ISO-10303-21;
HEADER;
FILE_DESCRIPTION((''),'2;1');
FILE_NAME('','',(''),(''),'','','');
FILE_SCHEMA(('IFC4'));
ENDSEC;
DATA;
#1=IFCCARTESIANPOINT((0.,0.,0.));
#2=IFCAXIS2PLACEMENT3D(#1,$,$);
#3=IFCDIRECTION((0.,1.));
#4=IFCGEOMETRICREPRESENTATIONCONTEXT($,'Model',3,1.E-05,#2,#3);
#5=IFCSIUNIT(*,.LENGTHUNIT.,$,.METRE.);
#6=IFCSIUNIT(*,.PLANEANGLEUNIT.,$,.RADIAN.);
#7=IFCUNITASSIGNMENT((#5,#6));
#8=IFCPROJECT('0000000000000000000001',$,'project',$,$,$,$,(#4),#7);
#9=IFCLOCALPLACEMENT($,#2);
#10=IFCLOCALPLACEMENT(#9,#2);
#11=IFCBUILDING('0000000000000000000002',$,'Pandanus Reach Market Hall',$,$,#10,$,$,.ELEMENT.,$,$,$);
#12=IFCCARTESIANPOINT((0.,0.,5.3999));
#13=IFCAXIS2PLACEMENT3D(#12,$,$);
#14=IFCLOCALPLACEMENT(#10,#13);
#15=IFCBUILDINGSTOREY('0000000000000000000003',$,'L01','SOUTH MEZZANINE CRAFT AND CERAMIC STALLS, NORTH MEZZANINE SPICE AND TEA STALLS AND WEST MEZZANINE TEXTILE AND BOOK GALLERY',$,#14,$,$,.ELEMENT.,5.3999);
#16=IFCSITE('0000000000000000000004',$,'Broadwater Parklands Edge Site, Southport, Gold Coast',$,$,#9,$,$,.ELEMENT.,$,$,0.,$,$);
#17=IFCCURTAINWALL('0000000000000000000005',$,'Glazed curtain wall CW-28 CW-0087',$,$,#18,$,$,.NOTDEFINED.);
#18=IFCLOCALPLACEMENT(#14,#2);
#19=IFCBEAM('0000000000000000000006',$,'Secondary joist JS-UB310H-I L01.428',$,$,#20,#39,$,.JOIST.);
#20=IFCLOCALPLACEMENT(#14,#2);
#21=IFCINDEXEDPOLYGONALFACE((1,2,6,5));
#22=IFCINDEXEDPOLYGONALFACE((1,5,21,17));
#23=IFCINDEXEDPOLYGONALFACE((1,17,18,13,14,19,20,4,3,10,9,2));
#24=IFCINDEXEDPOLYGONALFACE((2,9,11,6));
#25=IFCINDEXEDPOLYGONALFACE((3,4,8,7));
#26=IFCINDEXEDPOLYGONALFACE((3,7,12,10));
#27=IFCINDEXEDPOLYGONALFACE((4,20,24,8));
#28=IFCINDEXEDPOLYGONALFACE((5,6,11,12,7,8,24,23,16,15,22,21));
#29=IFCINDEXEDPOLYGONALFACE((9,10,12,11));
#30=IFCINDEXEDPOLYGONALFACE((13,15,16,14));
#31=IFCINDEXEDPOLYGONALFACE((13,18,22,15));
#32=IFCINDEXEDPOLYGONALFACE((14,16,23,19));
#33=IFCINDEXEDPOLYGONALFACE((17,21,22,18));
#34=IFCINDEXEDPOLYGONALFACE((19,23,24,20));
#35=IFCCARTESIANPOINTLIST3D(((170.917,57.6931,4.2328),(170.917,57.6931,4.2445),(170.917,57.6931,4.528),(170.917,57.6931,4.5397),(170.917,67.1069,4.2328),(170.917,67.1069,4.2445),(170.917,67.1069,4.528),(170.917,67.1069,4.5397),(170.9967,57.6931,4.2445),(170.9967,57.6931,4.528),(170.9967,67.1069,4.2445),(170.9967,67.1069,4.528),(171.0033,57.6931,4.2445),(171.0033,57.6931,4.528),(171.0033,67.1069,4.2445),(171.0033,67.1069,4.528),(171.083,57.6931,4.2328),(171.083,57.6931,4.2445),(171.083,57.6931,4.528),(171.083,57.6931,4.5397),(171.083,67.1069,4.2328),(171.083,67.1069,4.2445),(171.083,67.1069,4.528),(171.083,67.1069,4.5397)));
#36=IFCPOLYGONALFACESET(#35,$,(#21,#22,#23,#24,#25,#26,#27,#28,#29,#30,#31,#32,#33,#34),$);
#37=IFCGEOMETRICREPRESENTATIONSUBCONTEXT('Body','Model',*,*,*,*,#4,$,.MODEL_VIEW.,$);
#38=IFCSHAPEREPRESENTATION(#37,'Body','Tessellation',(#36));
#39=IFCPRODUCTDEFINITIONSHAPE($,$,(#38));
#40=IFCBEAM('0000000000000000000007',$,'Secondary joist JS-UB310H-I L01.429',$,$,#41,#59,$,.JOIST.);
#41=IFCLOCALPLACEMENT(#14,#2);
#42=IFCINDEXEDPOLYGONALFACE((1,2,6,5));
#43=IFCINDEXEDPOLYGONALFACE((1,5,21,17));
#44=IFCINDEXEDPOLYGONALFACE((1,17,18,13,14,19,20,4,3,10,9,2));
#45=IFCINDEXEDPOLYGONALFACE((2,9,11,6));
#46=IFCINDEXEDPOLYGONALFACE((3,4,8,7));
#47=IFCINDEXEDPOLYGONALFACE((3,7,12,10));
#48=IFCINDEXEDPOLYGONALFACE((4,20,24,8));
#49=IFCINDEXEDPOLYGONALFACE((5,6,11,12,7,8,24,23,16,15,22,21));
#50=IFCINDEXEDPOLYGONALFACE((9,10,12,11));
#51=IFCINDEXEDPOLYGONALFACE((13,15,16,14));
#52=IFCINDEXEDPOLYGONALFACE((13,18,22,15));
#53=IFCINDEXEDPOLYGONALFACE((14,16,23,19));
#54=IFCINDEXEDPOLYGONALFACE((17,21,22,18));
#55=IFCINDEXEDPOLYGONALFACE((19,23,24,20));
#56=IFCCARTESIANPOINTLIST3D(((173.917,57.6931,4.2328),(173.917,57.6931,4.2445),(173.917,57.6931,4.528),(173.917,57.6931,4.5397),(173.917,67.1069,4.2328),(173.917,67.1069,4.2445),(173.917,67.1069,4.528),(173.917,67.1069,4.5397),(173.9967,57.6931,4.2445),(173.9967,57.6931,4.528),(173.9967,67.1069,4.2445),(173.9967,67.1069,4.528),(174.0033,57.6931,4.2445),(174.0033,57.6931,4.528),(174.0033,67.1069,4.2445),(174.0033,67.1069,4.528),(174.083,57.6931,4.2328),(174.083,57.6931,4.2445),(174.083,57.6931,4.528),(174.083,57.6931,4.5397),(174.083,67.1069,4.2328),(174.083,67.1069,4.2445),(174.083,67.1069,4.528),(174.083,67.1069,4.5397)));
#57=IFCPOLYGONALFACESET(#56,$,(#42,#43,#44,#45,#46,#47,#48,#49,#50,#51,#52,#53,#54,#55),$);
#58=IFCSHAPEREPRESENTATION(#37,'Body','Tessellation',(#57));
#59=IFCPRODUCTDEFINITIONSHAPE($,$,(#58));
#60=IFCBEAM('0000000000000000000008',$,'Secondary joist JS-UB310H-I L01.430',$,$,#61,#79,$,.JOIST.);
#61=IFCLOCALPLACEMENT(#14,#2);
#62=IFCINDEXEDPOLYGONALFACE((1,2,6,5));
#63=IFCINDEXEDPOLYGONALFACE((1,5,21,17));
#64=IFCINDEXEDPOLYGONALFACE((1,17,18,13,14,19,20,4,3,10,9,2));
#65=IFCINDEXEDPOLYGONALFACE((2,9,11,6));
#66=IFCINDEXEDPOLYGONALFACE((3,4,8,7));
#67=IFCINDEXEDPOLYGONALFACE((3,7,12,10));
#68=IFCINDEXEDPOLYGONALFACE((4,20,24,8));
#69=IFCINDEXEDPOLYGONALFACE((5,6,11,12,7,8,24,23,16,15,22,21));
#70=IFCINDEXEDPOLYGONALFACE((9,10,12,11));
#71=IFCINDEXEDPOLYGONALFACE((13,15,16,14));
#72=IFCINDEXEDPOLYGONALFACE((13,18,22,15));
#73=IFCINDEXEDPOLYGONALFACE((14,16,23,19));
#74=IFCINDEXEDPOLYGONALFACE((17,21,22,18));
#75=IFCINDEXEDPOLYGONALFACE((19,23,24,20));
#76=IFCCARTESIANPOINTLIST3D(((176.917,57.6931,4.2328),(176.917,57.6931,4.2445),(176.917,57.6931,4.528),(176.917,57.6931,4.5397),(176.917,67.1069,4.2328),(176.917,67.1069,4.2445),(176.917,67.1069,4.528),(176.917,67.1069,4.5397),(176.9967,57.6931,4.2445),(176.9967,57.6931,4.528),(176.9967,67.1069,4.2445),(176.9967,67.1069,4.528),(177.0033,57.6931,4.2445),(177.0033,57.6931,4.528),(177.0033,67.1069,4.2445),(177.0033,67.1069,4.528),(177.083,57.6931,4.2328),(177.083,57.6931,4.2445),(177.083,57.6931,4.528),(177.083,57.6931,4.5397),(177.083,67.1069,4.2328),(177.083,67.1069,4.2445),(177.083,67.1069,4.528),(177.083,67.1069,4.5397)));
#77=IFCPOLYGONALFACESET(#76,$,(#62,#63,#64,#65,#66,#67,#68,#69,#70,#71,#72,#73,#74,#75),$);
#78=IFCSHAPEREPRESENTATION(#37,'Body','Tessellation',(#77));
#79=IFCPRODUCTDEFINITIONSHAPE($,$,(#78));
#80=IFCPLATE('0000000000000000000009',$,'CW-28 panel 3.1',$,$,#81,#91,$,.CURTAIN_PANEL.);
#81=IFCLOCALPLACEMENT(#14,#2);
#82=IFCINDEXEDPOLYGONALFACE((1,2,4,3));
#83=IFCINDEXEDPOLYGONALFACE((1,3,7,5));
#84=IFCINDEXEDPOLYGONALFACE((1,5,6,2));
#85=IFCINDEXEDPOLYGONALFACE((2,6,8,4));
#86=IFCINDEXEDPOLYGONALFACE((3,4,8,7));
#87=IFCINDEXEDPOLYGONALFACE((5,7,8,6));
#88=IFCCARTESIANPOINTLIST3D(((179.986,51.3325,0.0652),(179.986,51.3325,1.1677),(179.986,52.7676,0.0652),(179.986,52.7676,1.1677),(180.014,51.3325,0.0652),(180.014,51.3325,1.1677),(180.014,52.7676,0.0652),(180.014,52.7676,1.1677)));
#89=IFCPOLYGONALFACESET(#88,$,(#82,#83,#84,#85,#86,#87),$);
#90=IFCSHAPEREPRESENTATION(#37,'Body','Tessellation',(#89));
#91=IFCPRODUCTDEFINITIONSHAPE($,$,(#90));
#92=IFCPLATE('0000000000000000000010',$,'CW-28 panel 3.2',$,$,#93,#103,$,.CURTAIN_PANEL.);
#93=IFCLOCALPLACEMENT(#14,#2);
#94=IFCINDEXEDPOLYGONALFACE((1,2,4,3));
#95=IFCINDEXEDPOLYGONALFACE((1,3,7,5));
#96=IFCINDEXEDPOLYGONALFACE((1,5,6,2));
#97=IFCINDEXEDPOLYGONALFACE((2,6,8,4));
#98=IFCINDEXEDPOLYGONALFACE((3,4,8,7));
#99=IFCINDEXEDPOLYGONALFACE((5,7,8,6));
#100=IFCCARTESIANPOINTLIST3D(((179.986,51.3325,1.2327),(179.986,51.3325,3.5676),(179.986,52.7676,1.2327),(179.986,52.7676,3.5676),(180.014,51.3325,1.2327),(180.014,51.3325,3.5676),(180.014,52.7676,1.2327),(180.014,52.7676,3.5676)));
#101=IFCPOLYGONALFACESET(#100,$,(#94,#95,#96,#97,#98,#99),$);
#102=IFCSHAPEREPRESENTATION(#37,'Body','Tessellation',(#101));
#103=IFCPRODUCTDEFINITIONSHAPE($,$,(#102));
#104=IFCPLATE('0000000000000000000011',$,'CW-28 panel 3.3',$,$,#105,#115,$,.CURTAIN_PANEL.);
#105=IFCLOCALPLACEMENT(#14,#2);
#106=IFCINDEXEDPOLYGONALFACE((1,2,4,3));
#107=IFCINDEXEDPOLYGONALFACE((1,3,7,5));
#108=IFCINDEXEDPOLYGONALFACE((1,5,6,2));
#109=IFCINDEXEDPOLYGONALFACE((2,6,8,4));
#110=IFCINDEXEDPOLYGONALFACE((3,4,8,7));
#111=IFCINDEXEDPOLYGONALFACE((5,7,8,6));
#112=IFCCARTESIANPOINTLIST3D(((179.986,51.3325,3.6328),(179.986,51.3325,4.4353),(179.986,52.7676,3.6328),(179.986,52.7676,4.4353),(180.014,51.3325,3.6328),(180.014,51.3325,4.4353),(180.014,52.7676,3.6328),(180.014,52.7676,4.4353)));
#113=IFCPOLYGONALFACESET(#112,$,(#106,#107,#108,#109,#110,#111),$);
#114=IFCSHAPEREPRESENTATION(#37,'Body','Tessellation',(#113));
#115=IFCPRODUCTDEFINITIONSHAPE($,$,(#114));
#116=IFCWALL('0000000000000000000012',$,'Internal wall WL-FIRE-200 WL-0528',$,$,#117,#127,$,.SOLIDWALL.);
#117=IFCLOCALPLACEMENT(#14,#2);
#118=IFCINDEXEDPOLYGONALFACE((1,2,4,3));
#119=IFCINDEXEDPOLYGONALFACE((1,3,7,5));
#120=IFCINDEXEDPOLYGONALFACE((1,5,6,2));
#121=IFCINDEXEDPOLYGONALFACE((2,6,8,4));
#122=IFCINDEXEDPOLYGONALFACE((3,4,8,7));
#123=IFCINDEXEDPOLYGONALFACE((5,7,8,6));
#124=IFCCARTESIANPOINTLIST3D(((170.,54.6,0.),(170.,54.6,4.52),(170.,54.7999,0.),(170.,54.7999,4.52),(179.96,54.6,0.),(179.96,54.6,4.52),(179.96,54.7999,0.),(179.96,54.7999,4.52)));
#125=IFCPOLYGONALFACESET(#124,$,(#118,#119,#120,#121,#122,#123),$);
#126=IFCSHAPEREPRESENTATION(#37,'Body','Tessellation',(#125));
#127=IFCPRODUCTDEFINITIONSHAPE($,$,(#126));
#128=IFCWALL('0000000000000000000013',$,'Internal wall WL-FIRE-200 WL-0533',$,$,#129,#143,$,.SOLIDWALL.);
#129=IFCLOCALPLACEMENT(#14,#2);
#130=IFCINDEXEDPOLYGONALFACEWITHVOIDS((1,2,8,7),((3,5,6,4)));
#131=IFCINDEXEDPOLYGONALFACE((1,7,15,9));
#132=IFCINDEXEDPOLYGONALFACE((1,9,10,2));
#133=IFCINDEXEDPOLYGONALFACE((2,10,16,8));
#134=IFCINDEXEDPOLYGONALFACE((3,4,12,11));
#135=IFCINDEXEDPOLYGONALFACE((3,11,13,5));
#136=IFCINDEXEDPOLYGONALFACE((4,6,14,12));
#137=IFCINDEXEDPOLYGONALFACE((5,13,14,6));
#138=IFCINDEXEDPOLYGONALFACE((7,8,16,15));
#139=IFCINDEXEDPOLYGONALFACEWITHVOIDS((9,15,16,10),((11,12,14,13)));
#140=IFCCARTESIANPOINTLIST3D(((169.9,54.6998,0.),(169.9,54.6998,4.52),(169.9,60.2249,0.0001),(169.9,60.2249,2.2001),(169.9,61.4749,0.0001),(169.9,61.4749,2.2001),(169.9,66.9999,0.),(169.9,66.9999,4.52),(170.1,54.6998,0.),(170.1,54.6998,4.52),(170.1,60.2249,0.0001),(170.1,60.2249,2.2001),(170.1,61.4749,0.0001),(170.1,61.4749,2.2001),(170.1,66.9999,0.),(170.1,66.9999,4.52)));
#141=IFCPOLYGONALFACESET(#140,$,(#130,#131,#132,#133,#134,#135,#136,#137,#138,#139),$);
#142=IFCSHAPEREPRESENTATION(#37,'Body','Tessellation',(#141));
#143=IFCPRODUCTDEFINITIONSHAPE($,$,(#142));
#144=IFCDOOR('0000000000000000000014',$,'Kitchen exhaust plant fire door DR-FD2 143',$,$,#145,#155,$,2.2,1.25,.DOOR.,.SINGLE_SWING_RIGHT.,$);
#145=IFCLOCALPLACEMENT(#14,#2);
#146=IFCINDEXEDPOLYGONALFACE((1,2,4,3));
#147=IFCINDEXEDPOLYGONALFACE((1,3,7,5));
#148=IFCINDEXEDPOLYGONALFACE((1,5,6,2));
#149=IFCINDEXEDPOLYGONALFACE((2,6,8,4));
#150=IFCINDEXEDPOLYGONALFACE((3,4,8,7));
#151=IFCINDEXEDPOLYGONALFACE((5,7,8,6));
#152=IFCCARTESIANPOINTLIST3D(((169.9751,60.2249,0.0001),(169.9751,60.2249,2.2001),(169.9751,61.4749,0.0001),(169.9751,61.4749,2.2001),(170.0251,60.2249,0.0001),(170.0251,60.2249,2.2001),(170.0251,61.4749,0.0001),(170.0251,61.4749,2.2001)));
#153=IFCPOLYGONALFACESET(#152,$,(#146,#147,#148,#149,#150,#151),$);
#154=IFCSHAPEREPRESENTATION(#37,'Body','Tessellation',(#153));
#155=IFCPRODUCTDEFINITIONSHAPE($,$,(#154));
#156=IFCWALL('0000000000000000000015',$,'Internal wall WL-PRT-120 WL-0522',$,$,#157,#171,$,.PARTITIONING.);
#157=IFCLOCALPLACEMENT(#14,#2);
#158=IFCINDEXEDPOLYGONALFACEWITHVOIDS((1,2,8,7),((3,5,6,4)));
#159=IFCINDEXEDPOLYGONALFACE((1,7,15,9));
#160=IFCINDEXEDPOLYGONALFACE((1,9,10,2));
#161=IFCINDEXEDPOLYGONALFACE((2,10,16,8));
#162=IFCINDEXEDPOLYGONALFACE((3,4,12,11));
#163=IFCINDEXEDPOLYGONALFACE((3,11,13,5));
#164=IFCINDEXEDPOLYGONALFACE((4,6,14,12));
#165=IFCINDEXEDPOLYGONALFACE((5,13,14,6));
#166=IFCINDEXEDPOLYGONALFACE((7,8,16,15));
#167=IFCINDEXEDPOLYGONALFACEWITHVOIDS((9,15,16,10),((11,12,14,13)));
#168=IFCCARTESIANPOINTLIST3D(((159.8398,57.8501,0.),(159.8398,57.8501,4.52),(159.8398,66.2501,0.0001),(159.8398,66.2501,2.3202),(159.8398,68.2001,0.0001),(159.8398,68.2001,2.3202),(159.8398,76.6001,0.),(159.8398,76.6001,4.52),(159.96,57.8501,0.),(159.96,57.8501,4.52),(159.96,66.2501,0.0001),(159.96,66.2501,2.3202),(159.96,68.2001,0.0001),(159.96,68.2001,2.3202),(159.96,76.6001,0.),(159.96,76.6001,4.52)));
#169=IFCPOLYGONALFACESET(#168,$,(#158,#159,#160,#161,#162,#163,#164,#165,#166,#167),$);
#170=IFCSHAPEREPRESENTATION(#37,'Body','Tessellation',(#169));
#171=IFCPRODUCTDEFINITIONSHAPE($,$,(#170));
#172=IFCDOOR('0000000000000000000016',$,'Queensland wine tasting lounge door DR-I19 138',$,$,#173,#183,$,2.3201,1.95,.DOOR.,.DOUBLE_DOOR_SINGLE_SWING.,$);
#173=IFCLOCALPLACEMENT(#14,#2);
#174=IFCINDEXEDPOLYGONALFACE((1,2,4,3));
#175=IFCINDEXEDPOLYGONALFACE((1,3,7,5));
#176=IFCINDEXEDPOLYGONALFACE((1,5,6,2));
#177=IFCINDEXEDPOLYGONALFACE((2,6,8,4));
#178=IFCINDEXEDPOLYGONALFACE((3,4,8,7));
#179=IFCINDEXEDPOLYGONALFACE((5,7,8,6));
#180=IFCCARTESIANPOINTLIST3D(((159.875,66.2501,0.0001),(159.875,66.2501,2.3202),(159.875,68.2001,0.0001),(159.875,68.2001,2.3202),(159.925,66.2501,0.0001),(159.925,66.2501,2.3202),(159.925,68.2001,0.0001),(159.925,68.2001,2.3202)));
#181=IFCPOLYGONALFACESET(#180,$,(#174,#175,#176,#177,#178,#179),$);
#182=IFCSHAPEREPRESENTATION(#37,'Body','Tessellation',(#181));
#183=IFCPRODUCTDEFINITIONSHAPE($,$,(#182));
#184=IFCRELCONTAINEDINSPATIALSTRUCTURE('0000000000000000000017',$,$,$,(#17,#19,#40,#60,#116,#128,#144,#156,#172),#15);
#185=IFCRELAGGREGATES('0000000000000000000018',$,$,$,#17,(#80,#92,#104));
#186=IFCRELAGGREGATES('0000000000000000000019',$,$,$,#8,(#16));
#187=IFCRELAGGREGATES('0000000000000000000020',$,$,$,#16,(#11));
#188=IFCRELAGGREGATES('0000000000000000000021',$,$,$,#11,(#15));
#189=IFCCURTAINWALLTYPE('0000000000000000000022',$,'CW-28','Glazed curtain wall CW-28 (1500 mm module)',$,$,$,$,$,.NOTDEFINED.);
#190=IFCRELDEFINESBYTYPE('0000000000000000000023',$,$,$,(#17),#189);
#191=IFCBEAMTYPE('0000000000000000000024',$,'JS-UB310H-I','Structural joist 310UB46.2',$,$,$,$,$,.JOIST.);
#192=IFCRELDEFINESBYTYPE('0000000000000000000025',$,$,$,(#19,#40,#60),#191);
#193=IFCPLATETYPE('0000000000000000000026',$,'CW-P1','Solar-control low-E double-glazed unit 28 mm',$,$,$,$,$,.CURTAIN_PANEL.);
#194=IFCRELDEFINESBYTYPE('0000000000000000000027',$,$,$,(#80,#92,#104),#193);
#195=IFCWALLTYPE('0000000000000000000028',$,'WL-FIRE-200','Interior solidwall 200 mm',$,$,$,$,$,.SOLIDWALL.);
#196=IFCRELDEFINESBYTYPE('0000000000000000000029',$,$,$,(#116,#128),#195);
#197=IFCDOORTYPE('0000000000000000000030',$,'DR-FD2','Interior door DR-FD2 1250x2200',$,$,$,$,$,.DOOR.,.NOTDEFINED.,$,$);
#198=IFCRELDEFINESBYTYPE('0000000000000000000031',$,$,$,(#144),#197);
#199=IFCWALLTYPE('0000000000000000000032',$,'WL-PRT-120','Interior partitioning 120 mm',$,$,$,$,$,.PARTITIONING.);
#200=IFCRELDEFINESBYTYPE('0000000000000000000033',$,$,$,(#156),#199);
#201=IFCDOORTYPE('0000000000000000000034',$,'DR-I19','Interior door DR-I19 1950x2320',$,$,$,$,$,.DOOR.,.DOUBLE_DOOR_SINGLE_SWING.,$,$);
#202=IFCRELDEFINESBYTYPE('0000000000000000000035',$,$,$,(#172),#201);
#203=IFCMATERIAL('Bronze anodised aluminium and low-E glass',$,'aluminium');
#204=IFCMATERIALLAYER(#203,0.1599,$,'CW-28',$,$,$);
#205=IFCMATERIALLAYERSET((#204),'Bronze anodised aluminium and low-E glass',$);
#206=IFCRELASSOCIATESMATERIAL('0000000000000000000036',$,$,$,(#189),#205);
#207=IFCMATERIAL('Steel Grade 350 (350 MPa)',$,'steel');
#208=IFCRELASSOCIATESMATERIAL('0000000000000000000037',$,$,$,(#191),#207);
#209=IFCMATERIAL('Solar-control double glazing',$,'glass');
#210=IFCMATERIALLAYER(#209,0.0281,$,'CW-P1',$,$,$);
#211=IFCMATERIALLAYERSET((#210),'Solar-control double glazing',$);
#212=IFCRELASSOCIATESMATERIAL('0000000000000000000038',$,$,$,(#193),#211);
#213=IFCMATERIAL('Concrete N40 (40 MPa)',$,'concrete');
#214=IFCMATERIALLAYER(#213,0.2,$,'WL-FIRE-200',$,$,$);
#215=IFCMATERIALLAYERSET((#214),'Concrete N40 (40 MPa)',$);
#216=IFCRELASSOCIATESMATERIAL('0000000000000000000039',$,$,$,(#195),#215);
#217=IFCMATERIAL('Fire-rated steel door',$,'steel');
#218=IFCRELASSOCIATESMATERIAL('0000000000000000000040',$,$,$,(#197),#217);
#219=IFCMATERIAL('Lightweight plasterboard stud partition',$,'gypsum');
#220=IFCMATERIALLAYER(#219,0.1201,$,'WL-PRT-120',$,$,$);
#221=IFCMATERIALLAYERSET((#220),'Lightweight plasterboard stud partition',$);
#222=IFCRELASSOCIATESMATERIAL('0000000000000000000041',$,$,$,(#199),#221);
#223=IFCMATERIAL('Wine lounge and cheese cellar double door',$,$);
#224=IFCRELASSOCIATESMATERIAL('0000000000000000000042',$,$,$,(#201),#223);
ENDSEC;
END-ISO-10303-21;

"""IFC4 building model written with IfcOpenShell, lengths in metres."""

from ifc_helpers import new_model, si_unit, direction, frame, frame_2d, origin, origin_2d, place, context, subcontext, project, spatial, rectangle, i_section, extrude, material, layer, layer_set, material_profile, profile_set, type_object, element, fill, aggregate, save


model = new_model("IFC4")

# Units and contexts
model_context = context("Model", 3, precision=1e-05, world=origin(), true_north=direction((0.0, 1.0)))
body_context = subcontext(model_context, "Body", "Model", "MODEL_VIEW")
ifc_project = project(units=[si_unit("LENGTHUNIT", "METRE"), si_unit("PLANEANGLEUNIT", "RADIAN")], contexts=[model_context])

# Site, building, storey
site_placement = place(None, origin())
site = spatial("IfcSite", under=ifc_project, at=site_placement, Name="Broadwater Parklands Edge Site, Southport, Gold Coast", CompositionType="ELEMENT", RefElevation=0.0)
building_placement = place(site_placement, origin())
building = spatial("IfcBuilding", under=site, at=building_placement, Name="Pandanus Reach Market Hall", CompositionType="ELEMENT")
storey_placement = place(building_placement, frame((0.0, 0.0, 5.3999)))
storey = spatial("IfcBuildingStorey", under=building, at=storey_placement, Name="L01", Description="SOUTH MEZZANINE CRAFT AND CERAMIC STALLS, NORTH MEZZANINE SPICE AND TEA STALLS AND WEST MEZZANINE TEXTILE AND BOOK GALLERY", CompositionType="ELEMENT", Elevation=5.3999)

# Shared definitions
ifc_material_1 = material(Name="Concrete N40 (40 MPa)", Category="concrete")

# Shared definitions
ifc_material_2 = material(Name="Steel Grade 350 (350 MPa)", Category="steel")

# Curtain wall
ifc_material_3 = material(Name="Bronze anodised aluminium and low-E glass", Category="aluminium")
ifc_layer_1 = layer(ifc_material_3, 0.1599, Name="CW-28")
ifc_layer_set_1 = layer_set([ifc_layer_1], Name="Bronze anodised aluminium and low-E glass")
curtain_wall_type = type_object("IfcCurtainWallType", Name="CW-28", Description="Glazed curtain wall CW-28 (1500 mm module)", PredefinedType="NOTDEFINED", material=ifc_layer_set_1)
curtain_wall_placement = place(storey_placement, origin())
curtain_wall = element("IfcCurtainWall", 1, at=curtain_wall_placement, inside=storey, type_object=curtain_wall_type, Name="Glazed curtain wall CW-28 CW-0087", PredefinedType="NOTDEFINED")

# Beams
ifc_material_profile_1 = material_profile(ifc_material_2, i_section(OverallWidth=0.166, OverallDepth=0.3069, WebThickness=0.0066, FlangeThickness=0.0117, at=origin_2d()), Name="310UB46.2", Category="LoadBearing")
ifc_profile_set_1 = profile_set([ifc_material_profile_1], Name="Steel Grade 350 (350 MPa)")
beam_type_1 = type_object("IfcBeamType", Name="JS-UB310H-I", Description="Structural joist 310UB46.2", PredefinedType="JOIST", material=ifc_profile_set_1)
for number, where, z_axis, x_axis, name in (
    (2, (171.0, 57.6931, 4.3862), (0.0, 1.0, 0.0), (-1.0, 0.0, 0.0), "Secondary joist JS-UB310H-I L01.428"),
    (3, (174.0, 57.6931, 4.3862), (0.0, 1.0, 0.0), (-1.0, 0.0, 0.0), "Secondary joist JS-UB310H-I L01.429"),
    (4, (177.0, 57.6931, 4.3862), (0.0, 1.0, 0.0), (-1.0, 0.0, 0.0), "Secondary joist JS-UB310H-I L01.430"),
):
    element("IfcBeam", number, at=place(storey_placement, frame(where, z_axis=z_axis, x_axis=x_axis)), inside=storey, type_object=beam_type_1, Name=name, PredefinedType="JOIST", context=body_context, shape_type="SweptSolid", body=[
        extrude(i_section(OverallWidth=0.166, OverallDepth=0.3069, WebThickness=0.0066, FlangeThickness=0.0117, at=origin_2d()), origin(), (0.0, 0.0, 1.0), 9.4138),
    ])

# Plates
ifc_material_4 = material(Name="Solar-control double glazing", Category="glass")
ifc_layer_2 = layer(ifc_material_4, 0.0281, Name="CW-P1")
ifc_layer_set_2 = layer_set([ifc_layer_2], Name="Solar-control double glazing")
plate_type = type_object("IfcPlateType", Name="CW-P1", Description="Solar-control low-E double-glazed unit 28 mm", PredefinedType="CURTAIN_PANEL", material=ifc_layer_set_2)
plate_1_placement = place(storey_placement, frame((180.0, 52.05, 0.0652), z_axis=(0.0, 0.0, 1.0), x_axis=(0.0, 1.0, 0.0)))
plate_1 = element("IfcPlate", 5, at=plate_1_placement, type_object=plate_type, Name="CW-28 panel 3.1", PredefinedType="CURTAIN_PANEL", context=body_context, shape_type="SweptSolid", body=[
    extrude(rectangle(XDim=1.4351, YDim=0.0281, at=origin_2d()), origin(), (0.0, 0.0, 1.0), 1.1025),
])
plate_2_placement = place(storey_placement, frame((180.0, 52.05, 1.2327), z_axis=(0.0, 0.0, 1.0), x_axis=(0.0, 1.0, 0.0)))
plate_2 = element("IfcPlate", 6, at=plate_2_placement, type_object=plate_type, Name="CW-28 panel 3.2", PredefinedType="CURTAIN_PANEL", context=body_context, shape_type="SweptSolid", body=[
    extrude(rectangle(XDim=1.4351, YDim=0.0281, at=origin_2d()), origin(), (0.0, 0.0, 1.0), 2.335),
])
plate_3_placement = place(storey_placement, frame((180.0, 52.05, 3.6328), z_axis=(0.0, 0.0, 1.0), x_axis=(0.0, 1.0, 0.0)))
plate_3 = element("IfcPlate", 7, at=plate_3_placement, type_object=plate_type, Name="CW-28 panel 3.3", PredefinedType="CURTAIN_PANEL", context=body_context, shape_type="SweptSolid", body=[
    extrude(rectangle(XDim=1.4351, YDim=0.0281, at=origin_2d()), origin(), (0.0, 0.0, 1.0), 0.8025),
])
aggregate(curtain_wall, [plate_1, plate_2, plate_3])

# Wall
ifc_layer_3 = layer(ifc_material_1, 0.2, Name="WL-FIRE-200")
ifc_layer_set_3 = layer_set([ifc_layer_3], Name="Concrete N40 (40 MPa)")
wall_type_1 = type_object("IfcWallType", Name="WL-FIRE-200", Description="Interior solidwall 200 mm", PredefinedType="SOLIDWALL", material=ifc_layer_set_3)
wall_1_placement = place(storey_placement, frame((170.0, 54.7, 0.0), z_axis=(0.0, 0.0, 1.0), x_axis=(1.0, 0.0, 0.0)))
element("IfcWall", 8, at=wall_1_placement, inside=storey, type_object=wall_type_1, Name="Internal wall WL-FIRE-200 WL-0528", PredefinedType="SOLIDWALL", context=body_context, shape_type="SweptSolid", body=[
    extrude(rectangle(XDim=9.96, YDim=0.2, at=frame_2d((4.98, 0.0))), origin(), (0.0, 0.0, 1.0), 4.52),
])

# Walls, openings, doors
wall_2_placement = place(storey_placement, frame((170.0, 54.7, 0.0), z_axis=(0.0, 0.0, 1.0), x_axis=(0.0, 1.0, 0.0)))
wall_2 = element("IfcWall", 9, at=wall_2_placement, inside=storey, type_object=wall_type_1, Name="Internal wall WL-FIRE-200 WL-0533", PredefinedType="SOLIDWALL", context=body_context, shape_type="SweptSolid", body=[
    extrude(rectangle(XDim=12.3, YDim=0.2, at=frame_2d((6.1499, 0.0))), origin(), (0.0, 0.0, 1.0), 4.52),
])
opening_1_placement = place(wall_2_placement, frame((5.5249, 0.0, 0.0)))
opening_1 = element("IfcOpeningElement", 10, at=opening_1_placement, cuts=wall_2, PredefinedType="OPENING", context=body_context, shape_type="SweptSolid", body=[
    extrude(rectangle(XDim=1.25, YDim=2.2, at=frame_2d((0.625, 1.1001))), frame((0.0, 0.115, 0.0), z_axis=(0.0, -1.0, 0.0), x_axis=(1.0, 0.0, 0.0)), (0.0, 0.0, 1.0), 0.23),
])
ifc_material_5 = material(Name="Fire-rated steel door", Category="steel")
door_type_1 = type_object("IfcDoorType", Name="DR-FD2", Description="Interior door DR-FD2 1250x2200", OperationType="NOTDEFINED", PredefinedType="DOOR", material=ifc_material_5)
door_1_placement = place(opening_1_placement, origin())
door_1 = element("IfcDoor", 11, at=door_1_placement, inside=storey, type_object=door_type_1, Name="Kitchen exhaust plant fire door DR-FD2 143", OperationType="SINGLE_SWING_RIGHT", OverallHeight=2.2, OverallWidth=1.25, PredefinedType="DOOR", context=body_context, shape_type="SweptSolid", body=[
    extrude(rectangle(XDim=1.25, YDim=2.2, at=frame_2d((0.625, 1.1001))), frame((0.0, 0.0249, 0.0), z_axis=(0.0, -1.0, 0.0), x_axis=(1.0, 0.0, 0.0)), (0.0, 0.0, 1.0), 0.05),
])
fill(opening_1, door_1)
ifc_material_6 = material(Name="Lightweight plasterboard stud partition", Category="gypsum")
ifc_layer_4 = layer(ifc_material_6, 0.1201, Name="WL-PRT-120")
ifc_layer_set_4 = layer_set([ifc_layer_4], Name="Lightweight plasterboard stud partition")
wall_type_2 = type_object("IfcWallType", Name="WL-PRT-120", Description="Interior partitioning 120 mm", PredefinedType="PARTITIONING", material=ifc_layer_set_4)
wall_3_placement = place(storey_placement, frame((159.8999, 57.8501, 0.0), z_axis=(0.0, 0.0, 1.0), x_axis=(0.0, 1.0, 0.0)))
wall_3 = element("IfcWall", 12, at=wall_3_placement, inside=storey, type_object=wall_type_2, Name="Internal wall WL-PRT-120 WL-0522", PredefinedType="PARTITIONING", context=body_context, shape_type="SweptSolid", body=[
    extrude(rectangle(XDim=18.75, YDim=0.1201, at=frame_2d((9.375, 0.0))), origin(), (0.0, 0.0, 1.0), 4.52),
])
opening_2_placement = place(wall_3_placement, frame((8.3999, 0.0, 0.0)))
opening_2 = element("IfcOpeningElement", 13, at=opening_2_placement, cuts=wall_3, PredefinedType="OPENING", context=body_context, shape_type="SweptSolid", body=[
    extrude(rectangle(XDim=1.95, YDim=2.3201, at=frame_2d((0.9751, 1.1602))), frame((0.0, 0.075, 0.0), z_axis=(0.0, -1.0, 0.0), x_axis=(1.0, 0.0, 0.0)), (0.0, 0.0, 1.0), 0.1501),
])
ifc_material_7 = material(Name="Wine lounge and cheese cellar double door")
door_type_2 = type_object("IfcDoorType", Name="DR-I19", Description="Interior door DR-I19 1950x2320", OperationType="DOUBLE_DOOR_SINGLE_SWING", PredefinedType="DOOR", material=ifc_material_7)
door_2_placement = place(opening_2_placement, origin())
door_2 = element("IfcDoor", 14, at=door_2_placement, inside=storey, type_object=door_type_2, Name="Queensland wine tasting lounge door DR-I19 138", OperationType="DOUBLE_DOOR_SINGLE_SWING", OverallHeight=2.3201, OverallWidth=1.95, PredefinedType="DOOR", context=body_context, shape_type="SweptSolid", body=[
    extrude(rectangle(XDim=1.95, YDim=2.3201, at=frame_2d((0.9751, 1.1602))), frame((0.0, 0.0249, 0.0), z_axis=(0.0, -1.0, 0.0), x_axis=(1.0, 0.0, 0.0)), (0.0, 0.0, 1.0), 0.05),
])
fill(opening_2, door_2)

save(model, "model.ifc")
